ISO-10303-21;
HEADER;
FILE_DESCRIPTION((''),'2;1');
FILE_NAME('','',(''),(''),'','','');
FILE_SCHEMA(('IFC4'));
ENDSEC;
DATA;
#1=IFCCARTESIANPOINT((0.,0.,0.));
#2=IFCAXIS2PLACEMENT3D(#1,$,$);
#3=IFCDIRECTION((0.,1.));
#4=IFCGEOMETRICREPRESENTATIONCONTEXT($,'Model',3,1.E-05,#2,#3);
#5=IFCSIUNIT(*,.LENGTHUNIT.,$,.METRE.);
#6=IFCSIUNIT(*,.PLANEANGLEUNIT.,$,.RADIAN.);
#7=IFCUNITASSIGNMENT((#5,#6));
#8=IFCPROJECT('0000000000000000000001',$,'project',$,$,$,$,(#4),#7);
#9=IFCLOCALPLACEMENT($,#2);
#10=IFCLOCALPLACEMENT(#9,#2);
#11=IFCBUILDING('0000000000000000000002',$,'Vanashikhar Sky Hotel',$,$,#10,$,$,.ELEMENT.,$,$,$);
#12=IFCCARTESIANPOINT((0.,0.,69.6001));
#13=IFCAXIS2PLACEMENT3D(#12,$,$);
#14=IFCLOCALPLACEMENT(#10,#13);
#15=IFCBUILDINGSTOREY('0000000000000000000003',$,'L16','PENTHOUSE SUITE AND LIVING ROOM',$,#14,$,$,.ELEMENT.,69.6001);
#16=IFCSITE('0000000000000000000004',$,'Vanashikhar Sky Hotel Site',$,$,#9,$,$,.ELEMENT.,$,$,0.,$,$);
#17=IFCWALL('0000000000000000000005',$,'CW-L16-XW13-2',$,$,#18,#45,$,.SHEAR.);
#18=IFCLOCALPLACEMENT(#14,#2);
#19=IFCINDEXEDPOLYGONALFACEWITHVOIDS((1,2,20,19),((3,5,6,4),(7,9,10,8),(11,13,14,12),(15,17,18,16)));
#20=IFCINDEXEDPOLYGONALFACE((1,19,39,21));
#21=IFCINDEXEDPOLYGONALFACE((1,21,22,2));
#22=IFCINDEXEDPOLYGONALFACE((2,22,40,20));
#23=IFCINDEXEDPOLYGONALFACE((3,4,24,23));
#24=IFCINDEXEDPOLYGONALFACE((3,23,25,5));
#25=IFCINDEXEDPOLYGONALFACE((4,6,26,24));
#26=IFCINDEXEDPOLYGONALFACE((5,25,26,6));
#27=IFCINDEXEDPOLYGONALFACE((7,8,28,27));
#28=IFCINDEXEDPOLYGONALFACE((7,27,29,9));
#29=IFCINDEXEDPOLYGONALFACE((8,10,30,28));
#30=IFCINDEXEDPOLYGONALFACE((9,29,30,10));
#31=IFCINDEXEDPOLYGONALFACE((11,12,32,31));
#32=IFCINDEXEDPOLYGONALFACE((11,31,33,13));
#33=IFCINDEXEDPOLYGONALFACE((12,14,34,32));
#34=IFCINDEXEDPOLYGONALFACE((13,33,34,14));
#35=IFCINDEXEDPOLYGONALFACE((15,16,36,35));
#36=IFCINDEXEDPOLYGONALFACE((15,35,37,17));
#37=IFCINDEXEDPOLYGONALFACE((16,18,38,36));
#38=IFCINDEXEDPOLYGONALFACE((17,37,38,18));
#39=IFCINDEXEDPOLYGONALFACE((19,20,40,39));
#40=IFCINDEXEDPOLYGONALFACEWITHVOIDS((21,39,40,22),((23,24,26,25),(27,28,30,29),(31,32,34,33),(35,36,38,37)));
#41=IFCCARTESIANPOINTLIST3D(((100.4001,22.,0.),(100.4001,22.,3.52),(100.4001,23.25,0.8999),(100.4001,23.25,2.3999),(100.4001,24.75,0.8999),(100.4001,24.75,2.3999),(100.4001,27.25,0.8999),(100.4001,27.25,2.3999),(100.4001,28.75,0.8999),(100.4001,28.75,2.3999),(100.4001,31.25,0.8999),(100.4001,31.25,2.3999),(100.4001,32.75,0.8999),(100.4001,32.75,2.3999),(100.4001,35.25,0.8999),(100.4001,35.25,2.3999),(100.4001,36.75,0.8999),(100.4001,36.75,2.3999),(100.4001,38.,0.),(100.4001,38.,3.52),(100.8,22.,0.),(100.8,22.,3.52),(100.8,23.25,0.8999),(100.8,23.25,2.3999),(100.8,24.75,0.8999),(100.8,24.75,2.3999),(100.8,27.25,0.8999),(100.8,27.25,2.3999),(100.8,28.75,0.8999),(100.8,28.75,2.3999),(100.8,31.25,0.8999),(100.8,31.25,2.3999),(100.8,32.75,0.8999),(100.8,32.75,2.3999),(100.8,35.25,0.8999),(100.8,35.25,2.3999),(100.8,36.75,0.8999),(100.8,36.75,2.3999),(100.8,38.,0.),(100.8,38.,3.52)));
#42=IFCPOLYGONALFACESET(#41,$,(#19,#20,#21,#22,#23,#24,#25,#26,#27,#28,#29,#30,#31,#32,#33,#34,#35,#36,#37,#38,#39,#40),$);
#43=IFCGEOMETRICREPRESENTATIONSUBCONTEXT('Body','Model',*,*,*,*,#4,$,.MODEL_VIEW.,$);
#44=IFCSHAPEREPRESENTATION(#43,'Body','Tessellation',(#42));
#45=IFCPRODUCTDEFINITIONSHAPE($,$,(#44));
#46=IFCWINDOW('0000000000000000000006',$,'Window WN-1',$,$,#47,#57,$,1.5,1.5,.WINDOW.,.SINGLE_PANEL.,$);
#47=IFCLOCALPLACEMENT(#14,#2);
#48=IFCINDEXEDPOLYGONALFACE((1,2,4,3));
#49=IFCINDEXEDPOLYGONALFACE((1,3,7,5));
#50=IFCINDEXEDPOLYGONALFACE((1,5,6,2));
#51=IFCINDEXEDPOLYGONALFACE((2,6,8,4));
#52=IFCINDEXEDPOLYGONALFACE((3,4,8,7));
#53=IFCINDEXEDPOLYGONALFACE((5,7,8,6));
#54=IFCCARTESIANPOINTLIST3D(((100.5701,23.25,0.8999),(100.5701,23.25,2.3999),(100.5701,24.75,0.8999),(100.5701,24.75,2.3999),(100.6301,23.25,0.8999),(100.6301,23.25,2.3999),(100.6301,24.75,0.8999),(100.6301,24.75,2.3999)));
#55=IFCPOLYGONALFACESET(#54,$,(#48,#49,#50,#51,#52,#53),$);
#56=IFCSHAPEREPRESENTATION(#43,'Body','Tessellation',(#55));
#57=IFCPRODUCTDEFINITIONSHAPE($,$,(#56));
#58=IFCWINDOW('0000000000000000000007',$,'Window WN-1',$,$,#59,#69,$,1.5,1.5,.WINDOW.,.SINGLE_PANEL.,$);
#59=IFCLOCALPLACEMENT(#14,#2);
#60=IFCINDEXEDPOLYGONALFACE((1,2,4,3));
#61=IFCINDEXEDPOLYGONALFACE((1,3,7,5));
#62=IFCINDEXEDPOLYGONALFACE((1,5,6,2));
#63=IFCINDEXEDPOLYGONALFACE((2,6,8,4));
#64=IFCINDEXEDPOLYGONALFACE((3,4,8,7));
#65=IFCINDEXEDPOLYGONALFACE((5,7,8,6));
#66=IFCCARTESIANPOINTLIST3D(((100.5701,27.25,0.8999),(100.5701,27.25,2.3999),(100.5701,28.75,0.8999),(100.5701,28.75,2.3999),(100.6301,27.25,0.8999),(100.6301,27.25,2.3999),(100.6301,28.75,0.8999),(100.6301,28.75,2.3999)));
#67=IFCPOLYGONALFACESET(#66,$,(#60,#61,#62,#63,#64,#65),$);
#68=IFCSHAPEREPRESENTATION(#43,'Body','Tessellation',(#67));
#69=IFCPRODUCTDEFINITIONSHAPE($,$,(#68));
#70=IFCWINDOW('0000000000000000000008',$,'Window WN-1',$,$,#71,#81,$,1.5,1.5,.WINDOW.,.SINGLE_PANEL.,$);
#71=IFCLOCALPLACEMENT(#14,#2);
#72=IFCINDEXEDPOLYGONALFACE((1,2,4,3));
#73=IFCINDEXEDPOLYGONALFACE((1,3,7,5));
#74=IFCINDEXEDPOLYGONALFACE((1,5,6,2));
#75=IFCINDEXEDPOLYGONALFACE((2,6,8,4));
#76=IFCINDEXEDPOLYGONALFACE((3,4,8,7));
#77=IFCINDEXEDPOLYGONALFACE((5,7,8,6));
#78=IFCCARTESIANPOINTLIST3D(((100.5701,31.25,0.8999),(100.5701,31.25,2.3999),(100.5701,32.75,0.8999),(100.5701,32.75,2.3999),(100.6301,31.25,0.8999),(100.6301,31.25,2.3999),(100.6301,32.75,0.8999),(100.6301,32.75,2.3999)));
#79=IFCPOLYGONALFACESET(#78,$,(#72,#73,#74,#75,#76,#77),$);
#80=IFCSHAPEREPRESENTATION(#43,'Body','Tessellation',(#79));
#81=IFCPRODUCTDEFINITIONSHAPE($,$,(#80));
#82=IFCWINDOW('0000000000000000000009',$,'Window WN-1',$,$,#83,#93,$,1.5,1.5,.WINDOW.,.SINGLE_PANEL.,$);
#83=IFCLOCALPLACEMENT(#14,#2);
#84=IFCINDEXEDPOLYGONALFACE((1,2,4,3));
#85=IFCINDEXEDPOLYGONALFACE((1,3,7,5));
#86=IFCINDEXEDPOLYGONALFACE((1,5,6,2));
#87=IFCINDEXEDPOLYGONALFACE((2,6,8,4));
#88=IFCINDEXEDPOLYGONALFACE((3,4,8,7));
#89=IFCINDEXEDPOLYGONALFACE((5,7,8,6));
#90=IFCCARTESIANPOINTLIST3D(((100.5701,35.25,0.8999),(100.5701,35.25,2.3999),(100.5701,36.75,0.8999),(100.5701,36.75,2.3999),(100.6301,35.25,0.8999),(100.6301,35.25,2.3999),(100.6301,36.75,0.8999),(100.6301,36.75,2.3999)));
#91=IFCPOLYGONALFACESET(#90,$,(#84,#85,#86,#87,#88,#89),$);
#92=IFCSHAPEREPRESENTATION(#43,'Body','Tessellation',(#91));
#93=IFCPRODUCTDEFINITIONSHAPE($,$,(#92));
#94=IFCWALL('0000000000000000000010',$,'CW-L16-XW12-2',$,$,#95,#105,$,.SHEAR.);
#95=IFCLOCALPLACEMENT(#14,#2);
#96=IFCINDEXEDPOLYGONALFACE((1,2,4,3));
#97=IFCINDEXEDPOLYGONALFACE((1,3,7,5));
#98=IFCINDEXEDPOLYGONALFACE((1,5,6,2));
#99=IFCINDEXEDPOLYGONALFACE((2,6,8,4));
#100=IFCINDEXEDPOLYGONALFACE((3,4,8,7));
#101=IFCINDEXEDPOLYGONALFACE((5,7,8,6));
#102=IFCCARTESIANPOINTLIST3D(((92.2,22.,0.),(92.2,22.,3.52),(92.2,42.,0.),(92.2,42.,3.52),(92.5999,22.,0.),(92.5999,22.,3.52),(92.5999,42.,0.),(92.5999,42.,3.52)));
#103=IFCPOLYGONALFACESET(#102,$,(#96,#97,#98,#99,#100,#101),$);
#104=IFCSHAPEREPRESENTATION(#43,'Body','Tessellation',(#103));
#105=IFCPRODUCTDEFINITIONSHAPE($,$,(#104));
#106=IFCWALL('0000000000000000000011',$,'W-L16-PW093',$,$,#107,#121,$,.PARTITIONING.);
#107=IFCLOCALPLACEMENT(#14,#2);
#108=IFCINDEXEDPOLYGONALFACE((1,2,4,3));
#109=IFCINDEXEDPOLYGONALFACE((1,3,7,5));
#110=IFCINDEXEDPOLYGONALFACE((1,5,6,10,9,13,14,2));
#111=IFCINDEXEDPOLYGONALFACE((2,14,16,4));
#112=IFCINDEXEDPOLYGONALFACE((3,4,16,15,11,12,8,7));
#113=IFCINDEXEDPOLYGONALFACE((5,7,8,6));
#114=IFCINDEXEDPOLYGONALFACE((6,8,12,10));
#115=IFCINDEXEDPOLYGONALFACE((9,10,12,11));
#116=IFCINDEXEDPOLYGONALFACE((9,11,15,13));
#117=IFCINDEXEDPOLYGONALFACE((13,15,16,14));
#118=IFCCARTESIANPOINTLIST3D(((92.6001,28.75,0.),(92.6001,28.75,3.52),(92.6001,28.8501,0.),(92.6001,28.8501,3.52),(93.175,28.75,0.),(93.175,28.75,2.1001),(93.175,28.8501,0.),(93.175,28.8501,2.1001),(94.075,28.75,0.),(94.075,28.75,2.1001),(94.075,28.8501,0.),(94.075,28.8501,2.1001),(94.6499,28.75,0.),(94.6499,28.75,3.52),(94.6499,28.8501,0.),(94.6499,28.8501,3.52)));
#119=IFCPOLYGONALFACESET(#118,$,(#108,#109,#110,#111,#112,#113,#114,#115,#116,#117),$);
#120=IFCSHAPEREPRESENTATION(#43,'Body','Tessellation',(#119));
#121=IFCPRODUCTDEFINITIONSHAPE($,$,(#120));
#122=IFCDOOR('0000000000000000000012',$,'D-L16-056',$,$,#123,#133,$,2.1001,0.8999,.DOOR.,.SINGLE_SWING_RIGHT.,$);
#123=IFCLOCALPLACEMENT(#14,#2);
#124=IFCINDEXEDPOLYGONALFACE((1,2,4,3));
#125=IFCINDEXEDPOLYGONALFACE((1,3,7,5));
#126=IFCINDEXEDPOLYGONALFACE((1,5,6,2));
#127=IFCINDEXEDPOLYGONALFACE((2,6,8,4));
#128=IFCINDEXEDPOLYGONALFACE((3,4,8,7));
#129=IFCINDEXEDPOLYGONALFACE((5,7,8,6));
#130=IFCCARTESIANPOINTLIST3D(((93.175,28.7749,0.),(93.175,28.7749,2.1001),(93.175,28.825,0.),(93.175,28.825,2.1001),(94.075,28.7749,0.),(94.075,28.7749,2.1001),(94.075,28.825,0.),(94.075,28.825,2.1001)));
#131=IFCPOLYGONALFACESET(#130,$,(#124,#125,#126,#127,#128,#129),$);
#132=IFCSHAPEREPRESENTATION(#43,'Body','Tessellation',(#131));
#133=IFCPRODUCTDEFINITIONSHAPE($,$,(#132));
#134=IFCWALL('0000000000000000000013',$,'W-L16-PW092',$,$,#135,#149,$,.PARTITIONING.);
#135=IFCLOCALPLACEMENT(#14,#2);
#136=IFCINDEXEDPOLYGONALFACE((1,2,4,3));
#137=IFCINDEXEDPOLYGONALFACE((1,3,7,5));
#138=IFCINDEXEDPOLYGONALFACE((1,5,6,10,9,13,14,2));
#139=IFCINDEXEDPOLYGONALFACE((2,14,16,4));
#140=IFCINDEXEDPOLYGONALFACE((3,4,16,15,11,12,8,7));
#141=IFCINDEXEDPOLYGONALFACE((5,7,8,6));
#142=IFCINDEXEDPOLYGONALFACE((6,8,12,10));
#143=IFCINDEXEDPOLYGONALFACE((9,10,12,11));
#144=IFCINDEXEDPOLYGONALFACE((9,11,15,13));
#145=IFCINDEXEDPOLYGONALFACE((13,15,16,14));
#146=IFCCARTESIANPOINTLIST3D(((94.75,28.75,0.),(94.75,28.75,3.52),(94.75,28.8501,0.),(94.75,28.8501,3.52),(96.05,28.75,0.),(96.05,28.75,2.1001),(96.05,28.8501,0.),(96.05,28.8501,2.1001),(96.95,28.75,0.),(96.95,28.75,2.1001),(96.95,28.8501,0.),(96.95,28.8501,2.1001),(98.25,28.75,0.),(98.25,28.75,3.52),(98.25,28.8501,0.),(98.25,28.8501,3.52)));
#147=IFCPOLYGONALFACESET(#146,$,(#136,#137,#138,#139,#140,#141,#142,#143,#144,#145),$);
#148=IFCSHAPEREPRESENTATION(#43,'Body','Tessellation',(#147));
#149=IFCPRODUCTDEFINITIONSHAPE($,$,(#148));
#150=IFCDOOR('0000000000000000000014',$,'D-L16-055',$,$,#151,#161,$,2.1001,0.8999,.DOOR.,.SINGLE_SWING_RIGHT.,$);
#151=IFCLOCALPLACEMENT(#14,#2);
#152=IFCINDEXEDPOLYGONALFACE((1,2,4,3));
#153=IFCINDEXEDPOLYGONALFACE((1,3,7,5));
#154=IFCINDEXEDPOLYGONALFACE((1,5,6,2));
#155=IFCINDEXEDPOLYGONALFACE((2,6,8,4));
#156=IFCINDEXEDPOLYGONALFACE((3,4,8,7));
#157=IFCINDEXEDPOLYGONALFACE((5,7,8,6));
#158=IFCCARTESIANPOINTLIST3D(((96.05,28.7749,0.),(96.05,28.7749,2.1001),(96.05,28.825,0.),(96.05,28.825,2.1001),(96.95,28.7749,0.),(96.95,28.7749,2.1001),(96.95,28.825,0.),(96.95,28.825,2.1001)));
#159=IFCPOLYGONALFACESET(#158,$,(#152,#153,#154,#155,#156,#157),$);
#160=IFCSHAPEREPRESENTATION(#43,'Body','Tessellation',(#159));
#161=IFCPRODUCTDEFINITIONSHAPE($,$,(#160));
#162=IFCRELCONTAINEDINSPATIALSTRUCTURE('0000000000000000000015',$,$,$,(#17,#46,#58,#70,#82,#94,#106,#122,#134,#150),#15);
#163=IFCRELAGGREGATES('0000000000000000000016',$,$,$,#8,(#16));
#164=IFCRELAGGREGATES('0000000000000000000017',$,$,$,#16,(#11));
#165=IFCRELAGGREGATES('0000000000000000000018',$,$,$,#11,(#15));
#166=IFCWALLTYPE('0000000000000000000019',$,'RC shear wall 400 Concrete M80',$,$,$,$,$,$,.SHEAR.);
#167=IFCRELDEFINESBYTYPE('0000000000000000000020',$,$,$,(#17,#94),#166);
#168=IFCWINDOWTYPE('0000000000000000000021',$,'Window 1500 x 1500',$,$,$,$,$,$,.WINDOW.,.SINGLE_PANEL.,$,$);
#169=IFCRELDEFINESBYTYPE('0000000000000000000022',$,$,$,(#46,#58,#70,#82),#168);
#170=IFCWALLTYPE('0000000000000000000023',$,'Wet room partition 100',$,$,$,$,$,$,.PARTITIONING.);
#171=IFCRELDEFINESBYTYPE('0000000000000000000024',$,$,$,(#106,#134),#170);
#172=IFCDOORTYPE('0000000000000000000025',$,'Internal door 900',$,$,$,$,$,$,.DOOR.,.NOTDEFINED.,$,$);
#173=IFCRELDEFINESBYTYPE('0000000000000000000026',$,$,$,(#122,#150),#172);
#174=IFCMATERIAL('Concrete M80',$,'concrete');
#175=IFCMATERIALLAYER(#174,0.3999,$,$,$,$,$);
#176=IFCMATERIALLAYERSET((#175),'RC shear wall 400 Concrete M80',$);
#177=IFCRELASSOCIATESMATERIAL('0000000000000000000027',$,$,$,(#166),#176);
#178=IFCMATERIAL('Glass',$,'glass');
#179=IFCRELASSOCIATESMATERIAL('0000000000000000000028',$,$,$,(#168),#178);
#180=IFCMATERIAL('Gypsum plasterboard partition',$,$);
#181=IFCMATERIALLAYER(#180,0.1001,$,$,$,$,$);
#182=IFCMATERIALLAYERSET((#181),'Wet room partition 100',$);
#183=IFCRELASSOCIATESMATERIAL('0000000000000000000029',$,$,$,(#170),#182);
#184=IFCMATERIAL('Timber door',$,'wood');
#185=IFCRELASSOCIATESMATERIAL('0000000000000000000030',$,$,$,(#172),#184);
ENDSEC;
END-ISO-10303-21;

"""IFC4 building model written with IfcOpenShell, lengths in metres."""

from ifc_helpers import new_model, si_unit, direction, frame, frame_2d, origin, place, context, subcontext, project, spatial, rectangle, extrude, source, transform, mapped, material, layer, layer_set, type_object, element, fill, save


model = new_model("IFC4")

# Units and contexts
model_context = context("Model", 3, precision=1e-05, world=origin(), true_north=direction((0.0, 1.0)))
body_context = subcontext(model_context, "Body", "Model", "MODEL_VIEW")
ifc_project = project(units=[si_unit("LENGTHUNIT", "METRE"), si_unit("PLANEANGLEUNIT", "RADIAN")], contexts=[model_context])

# Site, building, storey
site_placement = place(None, origin())
site = spatial("IfcSite", under=ifc_project, at=site_placement, Name="Vanashikhar Sky Hotel Site", CompositionType="ELEMENT", RefElevation=0.0)
building_placement = place(site_placement, origin())
building = spatial("IfcBuilding", under=site, at=building_placement, Name="Vanashikhar Sky Hotel", CompositionType="ELEMENT")
storey_placement = place(building_placement, frame((0.0, 0.0, 69.6001)))
storey = spatial("IfcBuildingStorey", under=building, at=storey_placement, Name="L16", Description="PENTHOUSE SUITE AND LIVING ROOM", CompositionType="ELEMENT", Elevation=69.6001)

# Wall, openings, windows
ifc_material_1 = material(Name="Concrete M80", Category="concrete")
ifc_layer_1 = layer(ifc_material_1, 0.3999)
ifc_layer_set_1 = layer_set([ifc_layer_1], Name="RC shear wall 400 Concrete M80")
wall_type_1 = type_object("IfcWallType", Name="RC shear wall 400 Concrete M80", PredefinedType="SHEAR", material=ifc_layer_set_1)
shared_shape_1 = source(origin(), body_context, "Body", "SweptSolid", [
    extrude(rectangle(XDim=16.0, YDim=0.3999, at=frame_2d((8.0, 0.0))), origin(), (0.0, 0.0, 1.0), 3.52),
])
wall_1_placement = place(storey_placement, frame((100.6001, 22.0, 0.0), z_axis=(0.0, 0.0, 1.0), x_axis=(0.0, 1.0, 0.0)))
wall_1 = element("IfcWall", 1, at=wall_1_placement, inside=storey, type_object=wall_type_1, Name="CW-L16-XW13-2", PredefinedType="SHEAR", context=body_context, shape_type="MappedRepresentation", body=[
    mapped(shared_shape_1, transform((0.0, 0.0, 0.0), scale=1.0)),
])
shared_shape_2 = source(origin(), body_context, "Body", "SweptSolid", [
    extrude(rectangle(XDim=1.5, YDim=1.5, at=frame_2d((0.75, 0.75))), frame((0.0, 0.21, 0.0), z_axis=(0.0, -1.0, 0.0), x_axis=(1.0, 0.0, 0.0)), (0.0, 0.0, 1.0), 0.4199),
])
opening_1_placement = place(wall_1_placement, frame((1.25, 0.0, 0.8999)))
opening_1 = element("IfcOpeningElement", 2, at=opening_1_placement, cuts=wall_1, PredefinedType="OPENING", context=body_context, shape_type="MappedRepresentation", body=[
    mapped(shared_shape_2, transform((0.0, 0.0, 0.0), scale=1.0)),
])
opening_2_placement = place(wall_1_placement, frame((5.25, 0.0, 0.8999)))
opening_2 = element("IfcOpeningElement", 3, at=opening_2_placement, cuts=wall_1, PredefinedType="OPENING", context=body_context, shape_type="MappedRepresentation", body=[
    mapped(shared_shape_2, transform((0.0, 0.0, 0.0), scale=1.0)),
])
opening_3_placement = place(wall_1_placement, frame((9.25, 0.0, 0.8999)))
opening_3 = element("IfcOpeningElement", 4, at=opening_3_placement, cuts=wall_1, PredefinedType="OPENING", context=body_context, shape_type="MappedRepresentation", body=[
    mapped(shared_shape_2, transform((0.0, 0.0, 0.0), scale=1.0)),
])
opening_4_placement = place(wall_1_placement, frame((13.25, 0.0, 0.8999)))
opening_4 = element("IfcOpeningElement", 5, at=opening_4_placement, cuts=wall_1, PredefinedType="OPENING", context=body_context, shape_type="MappedRepresentation", body=[
    mapped(shared_shape_2, transform((0.0, 0.0, 0.0), scale=1.0)),
])
ifc_material_2 = material(Name="Glass", Category="glass")
window_type = type_object("IfcWindowType", Name="Window 1500 x 1500", PartitioningType="SINGLE_PANEL", PredefinedType="WINDOW", material=ifc_material_2)
shared_shape_3 = source(origin(), body_context, "Body", "SweptSolid", [
    extrude(rectangle(XDim=1.5, YDim=1.5, at=frame_2d((0.75, 0.75))), frame((0.0, 0.03, 0.0), z_axis=(0.0, -1.0, 0.0), x_axis=(1.0, 0.0, 0.0)), (0.0, 0.0, 1.0), 0.0601),
])
window_1_placement = place(opening_1_placement, origin())
window_1 = element("IfcWindow", 6, at=window_1_placement, inside=storey, type_object=window_type, Name="Window WN-1", OverallHeight=1.5, OverallWidth=1.5, PartitioningType="SINGLE_PANEL", PredefinedType="WINDOW", context=body_context, shape_type="MappedRepresentation", body=[
    mapped(shared_shape_3, transform((0.0, 0.0, 0.0), scale=1.0)),
])
fill(opening_1, window_1)
window_2_placement = place(opening_2_placement, origin())
window_2 = element("IfcWindow", 7, at=window_2_placement, inside=storey, type_object=window_type, Name="Window WN-1", OverallHeight=1.5, OverallWidth=1.5, PartitioningType="SINGLE_PANEL", PredefinedType="WINDOW", context=body_context, shape_type="MappedRepresentation", body=[
    mapped(shared_shape_3, transform((0.0, 0.0, 0.0), scale=1.0)),
])
fill(opening_2, window_2)
window_3_placement = place(opening_3_placement, origin())
window_3 = element("IfcWindow", 8, at=window_3_placement, inside=storey, type_object=window_type, Name="Window WN-1", OverallHeight=1.5, OverallWidth=1.5, PartitioningType="SINGLE_PANEL", PredefinedType="WINDOW", context=body_context, shape_type="MappedRepresentation", body=[
    mapped(shared_shape_3, transform((0.0, 0.0, 0.0), scale=1.0)),
])
fill(opening_3, window_3)
window_4_placement = place(opening_4_placement, origin())
window_4 = element("IfcWindow", 9, at=window_4_placement, inside=storey, type_object=window_type, Name="Window WN-1", OverallHeight=1.5, OverallWidth=1.5, PartitioningType="SINGLE_PANEL", PredefinedType="WINDOW", context=body_context, shape_type="MappedRepresentation", body=[
    mapped(shared_shape_3, transform((0.0, 0.0, 0.0), scale=1.0)),
])
fill(opening_4, window_4)

# Wall
shared_shape_4 = source(origin(), body_context, "Body", "SweptSolid", [
    extrude(rectangle(XDim=20.0, YDim=0.3999, at=frame_2d((10.0, 0.0))), origin(), (0.0, 0.0, 1.0), 3.52),
])
wall_2_placement = place(storey_placement, frame((92.3999, 22.0, 0.0), z_axis=(0.0, 0.0, 1.0), x_axis=(0.0, 1.0, 0.0)))
element("IfcWall", 10, at=wall_2_placement, inside=storey, type_object=wall_type_1, Name="CW-L16-XW12-2", PredefinedType="SHEAR", context=body_context, shape_type="MappedRepresentation", body=[
    mapped(shared_shape_4, transform((0.0, 0.0, 0.0), scale=1.0)),
])

# Walls, openings, doors
ifc_material_3 = material(Name="Gypsum plasterboard partition")
ifc_layer_2 = layer(ifc_material_3, 0.1001)
ifc_layer_set_2 = layer_set([ifc_layer_2], Name="Wet room partition 100")
wall_type_2 = type_object("IfcWallType", Name="Wet room partition 100", PredefinedType="PARTITIONING", material=ifc_layer_set_2)
shared_shape_5 = source(origin(), body_context, "Body", "SweptSolid", [
    extrude(rectangle(XDim=2.0498, YDim=0.1001, at=frame_2d((1.0249, 0.0))), origin(), (0.0, 0.0, 1.0), 3.52),
])
wall_3_placement = place(storey_placement, frame((92.6001, 28.8, 0.0), z_axis=(0.0, 0.0, 1.0), x_axis=(1.0, 0.0, 0.0)))
wall_3 = element("IfcWall", 11, at=wall_3_placement, inside=storey, type_object=wall_type_2, Name="W-L16-PW093", PredefinedType="PARTITIONING", context=body_context, shape_type="MappedRepresentation", body=[
    mapped(shared_shape_5, transform((0.0, 0.0, 0.0), scale=1.0)),
])
shared_shape_6 = source(origin(), body_context, "Body", "SweptSolid", [
    extrude(rectangle(XDim=0.8999, YDim=2.1001, at=frame_2d((0.45, 1.05))), frame((0.0, 0.0601, 0.0), z_axis=(0.0, -1.0, 0.0), x_axis=(1.0, 0.0, 0.0)), (0.0, 0.0, 1.0), 0.1201),
])
opening_5_placement = place(wall_3_placement, frame((0.575, 0.0, 0.0)))
opening_5 = element("IfcOpeningElement", 12, at=opening_5_placement, cuts=wall_3, PredefinedType="OPENING", context=body_context, shape_type="MappedRepresentation", body=[
    mapped(shared_shape_6, transform((0.0, 0.0, 0.0), scale=1.0)),
])
ifc_material_4 = material(Name="Timber door", Category="wood")
door_type_1 = type_object("IfcDoorType", Name="Internal door 900", OperationType="NOTDEFINED", PredefinedType="DOOR", material=ifc_material_4)
shared_shape_7 = source(origin(), body_context, "Body", "SweptSolid", [
    extrude(rectangle(XDim=0.8999, YDim=2.1001, at=frame_2d((0.45, 1.05))), frame((0.0, 0.0249, 0.0), z_axis=(0.0, -1.0, 0.0), x_axis=(1.0, 0.0, 0.0)), (0.0, 0.0, 1.0), 0.05),
])
door_1_placement = place(opening_5_placement, origin())
door_1 = element("IfcDoor", 13, at=door_1_placement, inside=storey, type_object=door_type_1, Name="D-L16-056", OperationType="SINGLE_SWING_RIGHT", OverallHeight=2.1001, OverallWidth=0.8999, PredefinedType="DOOR", context=body_context, shape_type="MappedRepresentation", body=[
    mapped(shared_shape_7, transform((0.0, 0.0, 0.0), scale=1.0)),
])
fill(opening_5, door_1)
shared_shape_8 = source(origin(), body_context, "Body", "SweptSolid", [
    extrude(rectangle(XDim=3.5, YDim=0.1001, at=frame_2d((1.75, 0.0))), origin(), (0.0, 0.0, 1.0), 3.52),
])
wall_4_placement = place(storey_placement, frame((94.75, 28.8, 0.0), z_axis=(0.0, 0.0, 1.0), x_axis=(1.0, 0.0, 0.0)))
wall_4 = element("IfcWall", 14, at=wall_4_placement, inside=storey, type_object=wall_type_2, Name="W-L16-PW092", PredefinedType="PARTITIONING", context=body_context, shape_type="MappedRepresentation", body=[
    mapped(shared_shape_8, transform((0.0, 0.0, 0.0), scale=1.0)),
])
opening_6_placement = place(wall_4_placement, frame((1.3, 0.0, 0.0)))
opening_6 = element("IfcOpeningElement", 15, at=opening_6_placement, cuts=wall_4, PredefinedType="OPENING", context=body_context, shape_type="MappedRepresentation", body=[
    mapped(shared_shape_6, transform((0.0, 0.0, 0.0), scale=1.0)),
])
door_2_placement = place(opening_6_placement, origin())
door_2 = element("IfcDoor", 16, at=door_2_placement, inside=storey, type_object=door_type_1, Name="D-L16-055", OperationType="SINGLE_SWING_RIGHT", OverallHeight=2.1001, OverallWidth=0.8999, PredefinedType="DOOR", context=body_context, shape_type="MappedRepresentation", body=[
    mapped(shared_shape_7, transform((0.0, 0.0, 0.0), scale=1.0)),
])
fill(opening_6, door_2)

save(model, "model.ifc")
